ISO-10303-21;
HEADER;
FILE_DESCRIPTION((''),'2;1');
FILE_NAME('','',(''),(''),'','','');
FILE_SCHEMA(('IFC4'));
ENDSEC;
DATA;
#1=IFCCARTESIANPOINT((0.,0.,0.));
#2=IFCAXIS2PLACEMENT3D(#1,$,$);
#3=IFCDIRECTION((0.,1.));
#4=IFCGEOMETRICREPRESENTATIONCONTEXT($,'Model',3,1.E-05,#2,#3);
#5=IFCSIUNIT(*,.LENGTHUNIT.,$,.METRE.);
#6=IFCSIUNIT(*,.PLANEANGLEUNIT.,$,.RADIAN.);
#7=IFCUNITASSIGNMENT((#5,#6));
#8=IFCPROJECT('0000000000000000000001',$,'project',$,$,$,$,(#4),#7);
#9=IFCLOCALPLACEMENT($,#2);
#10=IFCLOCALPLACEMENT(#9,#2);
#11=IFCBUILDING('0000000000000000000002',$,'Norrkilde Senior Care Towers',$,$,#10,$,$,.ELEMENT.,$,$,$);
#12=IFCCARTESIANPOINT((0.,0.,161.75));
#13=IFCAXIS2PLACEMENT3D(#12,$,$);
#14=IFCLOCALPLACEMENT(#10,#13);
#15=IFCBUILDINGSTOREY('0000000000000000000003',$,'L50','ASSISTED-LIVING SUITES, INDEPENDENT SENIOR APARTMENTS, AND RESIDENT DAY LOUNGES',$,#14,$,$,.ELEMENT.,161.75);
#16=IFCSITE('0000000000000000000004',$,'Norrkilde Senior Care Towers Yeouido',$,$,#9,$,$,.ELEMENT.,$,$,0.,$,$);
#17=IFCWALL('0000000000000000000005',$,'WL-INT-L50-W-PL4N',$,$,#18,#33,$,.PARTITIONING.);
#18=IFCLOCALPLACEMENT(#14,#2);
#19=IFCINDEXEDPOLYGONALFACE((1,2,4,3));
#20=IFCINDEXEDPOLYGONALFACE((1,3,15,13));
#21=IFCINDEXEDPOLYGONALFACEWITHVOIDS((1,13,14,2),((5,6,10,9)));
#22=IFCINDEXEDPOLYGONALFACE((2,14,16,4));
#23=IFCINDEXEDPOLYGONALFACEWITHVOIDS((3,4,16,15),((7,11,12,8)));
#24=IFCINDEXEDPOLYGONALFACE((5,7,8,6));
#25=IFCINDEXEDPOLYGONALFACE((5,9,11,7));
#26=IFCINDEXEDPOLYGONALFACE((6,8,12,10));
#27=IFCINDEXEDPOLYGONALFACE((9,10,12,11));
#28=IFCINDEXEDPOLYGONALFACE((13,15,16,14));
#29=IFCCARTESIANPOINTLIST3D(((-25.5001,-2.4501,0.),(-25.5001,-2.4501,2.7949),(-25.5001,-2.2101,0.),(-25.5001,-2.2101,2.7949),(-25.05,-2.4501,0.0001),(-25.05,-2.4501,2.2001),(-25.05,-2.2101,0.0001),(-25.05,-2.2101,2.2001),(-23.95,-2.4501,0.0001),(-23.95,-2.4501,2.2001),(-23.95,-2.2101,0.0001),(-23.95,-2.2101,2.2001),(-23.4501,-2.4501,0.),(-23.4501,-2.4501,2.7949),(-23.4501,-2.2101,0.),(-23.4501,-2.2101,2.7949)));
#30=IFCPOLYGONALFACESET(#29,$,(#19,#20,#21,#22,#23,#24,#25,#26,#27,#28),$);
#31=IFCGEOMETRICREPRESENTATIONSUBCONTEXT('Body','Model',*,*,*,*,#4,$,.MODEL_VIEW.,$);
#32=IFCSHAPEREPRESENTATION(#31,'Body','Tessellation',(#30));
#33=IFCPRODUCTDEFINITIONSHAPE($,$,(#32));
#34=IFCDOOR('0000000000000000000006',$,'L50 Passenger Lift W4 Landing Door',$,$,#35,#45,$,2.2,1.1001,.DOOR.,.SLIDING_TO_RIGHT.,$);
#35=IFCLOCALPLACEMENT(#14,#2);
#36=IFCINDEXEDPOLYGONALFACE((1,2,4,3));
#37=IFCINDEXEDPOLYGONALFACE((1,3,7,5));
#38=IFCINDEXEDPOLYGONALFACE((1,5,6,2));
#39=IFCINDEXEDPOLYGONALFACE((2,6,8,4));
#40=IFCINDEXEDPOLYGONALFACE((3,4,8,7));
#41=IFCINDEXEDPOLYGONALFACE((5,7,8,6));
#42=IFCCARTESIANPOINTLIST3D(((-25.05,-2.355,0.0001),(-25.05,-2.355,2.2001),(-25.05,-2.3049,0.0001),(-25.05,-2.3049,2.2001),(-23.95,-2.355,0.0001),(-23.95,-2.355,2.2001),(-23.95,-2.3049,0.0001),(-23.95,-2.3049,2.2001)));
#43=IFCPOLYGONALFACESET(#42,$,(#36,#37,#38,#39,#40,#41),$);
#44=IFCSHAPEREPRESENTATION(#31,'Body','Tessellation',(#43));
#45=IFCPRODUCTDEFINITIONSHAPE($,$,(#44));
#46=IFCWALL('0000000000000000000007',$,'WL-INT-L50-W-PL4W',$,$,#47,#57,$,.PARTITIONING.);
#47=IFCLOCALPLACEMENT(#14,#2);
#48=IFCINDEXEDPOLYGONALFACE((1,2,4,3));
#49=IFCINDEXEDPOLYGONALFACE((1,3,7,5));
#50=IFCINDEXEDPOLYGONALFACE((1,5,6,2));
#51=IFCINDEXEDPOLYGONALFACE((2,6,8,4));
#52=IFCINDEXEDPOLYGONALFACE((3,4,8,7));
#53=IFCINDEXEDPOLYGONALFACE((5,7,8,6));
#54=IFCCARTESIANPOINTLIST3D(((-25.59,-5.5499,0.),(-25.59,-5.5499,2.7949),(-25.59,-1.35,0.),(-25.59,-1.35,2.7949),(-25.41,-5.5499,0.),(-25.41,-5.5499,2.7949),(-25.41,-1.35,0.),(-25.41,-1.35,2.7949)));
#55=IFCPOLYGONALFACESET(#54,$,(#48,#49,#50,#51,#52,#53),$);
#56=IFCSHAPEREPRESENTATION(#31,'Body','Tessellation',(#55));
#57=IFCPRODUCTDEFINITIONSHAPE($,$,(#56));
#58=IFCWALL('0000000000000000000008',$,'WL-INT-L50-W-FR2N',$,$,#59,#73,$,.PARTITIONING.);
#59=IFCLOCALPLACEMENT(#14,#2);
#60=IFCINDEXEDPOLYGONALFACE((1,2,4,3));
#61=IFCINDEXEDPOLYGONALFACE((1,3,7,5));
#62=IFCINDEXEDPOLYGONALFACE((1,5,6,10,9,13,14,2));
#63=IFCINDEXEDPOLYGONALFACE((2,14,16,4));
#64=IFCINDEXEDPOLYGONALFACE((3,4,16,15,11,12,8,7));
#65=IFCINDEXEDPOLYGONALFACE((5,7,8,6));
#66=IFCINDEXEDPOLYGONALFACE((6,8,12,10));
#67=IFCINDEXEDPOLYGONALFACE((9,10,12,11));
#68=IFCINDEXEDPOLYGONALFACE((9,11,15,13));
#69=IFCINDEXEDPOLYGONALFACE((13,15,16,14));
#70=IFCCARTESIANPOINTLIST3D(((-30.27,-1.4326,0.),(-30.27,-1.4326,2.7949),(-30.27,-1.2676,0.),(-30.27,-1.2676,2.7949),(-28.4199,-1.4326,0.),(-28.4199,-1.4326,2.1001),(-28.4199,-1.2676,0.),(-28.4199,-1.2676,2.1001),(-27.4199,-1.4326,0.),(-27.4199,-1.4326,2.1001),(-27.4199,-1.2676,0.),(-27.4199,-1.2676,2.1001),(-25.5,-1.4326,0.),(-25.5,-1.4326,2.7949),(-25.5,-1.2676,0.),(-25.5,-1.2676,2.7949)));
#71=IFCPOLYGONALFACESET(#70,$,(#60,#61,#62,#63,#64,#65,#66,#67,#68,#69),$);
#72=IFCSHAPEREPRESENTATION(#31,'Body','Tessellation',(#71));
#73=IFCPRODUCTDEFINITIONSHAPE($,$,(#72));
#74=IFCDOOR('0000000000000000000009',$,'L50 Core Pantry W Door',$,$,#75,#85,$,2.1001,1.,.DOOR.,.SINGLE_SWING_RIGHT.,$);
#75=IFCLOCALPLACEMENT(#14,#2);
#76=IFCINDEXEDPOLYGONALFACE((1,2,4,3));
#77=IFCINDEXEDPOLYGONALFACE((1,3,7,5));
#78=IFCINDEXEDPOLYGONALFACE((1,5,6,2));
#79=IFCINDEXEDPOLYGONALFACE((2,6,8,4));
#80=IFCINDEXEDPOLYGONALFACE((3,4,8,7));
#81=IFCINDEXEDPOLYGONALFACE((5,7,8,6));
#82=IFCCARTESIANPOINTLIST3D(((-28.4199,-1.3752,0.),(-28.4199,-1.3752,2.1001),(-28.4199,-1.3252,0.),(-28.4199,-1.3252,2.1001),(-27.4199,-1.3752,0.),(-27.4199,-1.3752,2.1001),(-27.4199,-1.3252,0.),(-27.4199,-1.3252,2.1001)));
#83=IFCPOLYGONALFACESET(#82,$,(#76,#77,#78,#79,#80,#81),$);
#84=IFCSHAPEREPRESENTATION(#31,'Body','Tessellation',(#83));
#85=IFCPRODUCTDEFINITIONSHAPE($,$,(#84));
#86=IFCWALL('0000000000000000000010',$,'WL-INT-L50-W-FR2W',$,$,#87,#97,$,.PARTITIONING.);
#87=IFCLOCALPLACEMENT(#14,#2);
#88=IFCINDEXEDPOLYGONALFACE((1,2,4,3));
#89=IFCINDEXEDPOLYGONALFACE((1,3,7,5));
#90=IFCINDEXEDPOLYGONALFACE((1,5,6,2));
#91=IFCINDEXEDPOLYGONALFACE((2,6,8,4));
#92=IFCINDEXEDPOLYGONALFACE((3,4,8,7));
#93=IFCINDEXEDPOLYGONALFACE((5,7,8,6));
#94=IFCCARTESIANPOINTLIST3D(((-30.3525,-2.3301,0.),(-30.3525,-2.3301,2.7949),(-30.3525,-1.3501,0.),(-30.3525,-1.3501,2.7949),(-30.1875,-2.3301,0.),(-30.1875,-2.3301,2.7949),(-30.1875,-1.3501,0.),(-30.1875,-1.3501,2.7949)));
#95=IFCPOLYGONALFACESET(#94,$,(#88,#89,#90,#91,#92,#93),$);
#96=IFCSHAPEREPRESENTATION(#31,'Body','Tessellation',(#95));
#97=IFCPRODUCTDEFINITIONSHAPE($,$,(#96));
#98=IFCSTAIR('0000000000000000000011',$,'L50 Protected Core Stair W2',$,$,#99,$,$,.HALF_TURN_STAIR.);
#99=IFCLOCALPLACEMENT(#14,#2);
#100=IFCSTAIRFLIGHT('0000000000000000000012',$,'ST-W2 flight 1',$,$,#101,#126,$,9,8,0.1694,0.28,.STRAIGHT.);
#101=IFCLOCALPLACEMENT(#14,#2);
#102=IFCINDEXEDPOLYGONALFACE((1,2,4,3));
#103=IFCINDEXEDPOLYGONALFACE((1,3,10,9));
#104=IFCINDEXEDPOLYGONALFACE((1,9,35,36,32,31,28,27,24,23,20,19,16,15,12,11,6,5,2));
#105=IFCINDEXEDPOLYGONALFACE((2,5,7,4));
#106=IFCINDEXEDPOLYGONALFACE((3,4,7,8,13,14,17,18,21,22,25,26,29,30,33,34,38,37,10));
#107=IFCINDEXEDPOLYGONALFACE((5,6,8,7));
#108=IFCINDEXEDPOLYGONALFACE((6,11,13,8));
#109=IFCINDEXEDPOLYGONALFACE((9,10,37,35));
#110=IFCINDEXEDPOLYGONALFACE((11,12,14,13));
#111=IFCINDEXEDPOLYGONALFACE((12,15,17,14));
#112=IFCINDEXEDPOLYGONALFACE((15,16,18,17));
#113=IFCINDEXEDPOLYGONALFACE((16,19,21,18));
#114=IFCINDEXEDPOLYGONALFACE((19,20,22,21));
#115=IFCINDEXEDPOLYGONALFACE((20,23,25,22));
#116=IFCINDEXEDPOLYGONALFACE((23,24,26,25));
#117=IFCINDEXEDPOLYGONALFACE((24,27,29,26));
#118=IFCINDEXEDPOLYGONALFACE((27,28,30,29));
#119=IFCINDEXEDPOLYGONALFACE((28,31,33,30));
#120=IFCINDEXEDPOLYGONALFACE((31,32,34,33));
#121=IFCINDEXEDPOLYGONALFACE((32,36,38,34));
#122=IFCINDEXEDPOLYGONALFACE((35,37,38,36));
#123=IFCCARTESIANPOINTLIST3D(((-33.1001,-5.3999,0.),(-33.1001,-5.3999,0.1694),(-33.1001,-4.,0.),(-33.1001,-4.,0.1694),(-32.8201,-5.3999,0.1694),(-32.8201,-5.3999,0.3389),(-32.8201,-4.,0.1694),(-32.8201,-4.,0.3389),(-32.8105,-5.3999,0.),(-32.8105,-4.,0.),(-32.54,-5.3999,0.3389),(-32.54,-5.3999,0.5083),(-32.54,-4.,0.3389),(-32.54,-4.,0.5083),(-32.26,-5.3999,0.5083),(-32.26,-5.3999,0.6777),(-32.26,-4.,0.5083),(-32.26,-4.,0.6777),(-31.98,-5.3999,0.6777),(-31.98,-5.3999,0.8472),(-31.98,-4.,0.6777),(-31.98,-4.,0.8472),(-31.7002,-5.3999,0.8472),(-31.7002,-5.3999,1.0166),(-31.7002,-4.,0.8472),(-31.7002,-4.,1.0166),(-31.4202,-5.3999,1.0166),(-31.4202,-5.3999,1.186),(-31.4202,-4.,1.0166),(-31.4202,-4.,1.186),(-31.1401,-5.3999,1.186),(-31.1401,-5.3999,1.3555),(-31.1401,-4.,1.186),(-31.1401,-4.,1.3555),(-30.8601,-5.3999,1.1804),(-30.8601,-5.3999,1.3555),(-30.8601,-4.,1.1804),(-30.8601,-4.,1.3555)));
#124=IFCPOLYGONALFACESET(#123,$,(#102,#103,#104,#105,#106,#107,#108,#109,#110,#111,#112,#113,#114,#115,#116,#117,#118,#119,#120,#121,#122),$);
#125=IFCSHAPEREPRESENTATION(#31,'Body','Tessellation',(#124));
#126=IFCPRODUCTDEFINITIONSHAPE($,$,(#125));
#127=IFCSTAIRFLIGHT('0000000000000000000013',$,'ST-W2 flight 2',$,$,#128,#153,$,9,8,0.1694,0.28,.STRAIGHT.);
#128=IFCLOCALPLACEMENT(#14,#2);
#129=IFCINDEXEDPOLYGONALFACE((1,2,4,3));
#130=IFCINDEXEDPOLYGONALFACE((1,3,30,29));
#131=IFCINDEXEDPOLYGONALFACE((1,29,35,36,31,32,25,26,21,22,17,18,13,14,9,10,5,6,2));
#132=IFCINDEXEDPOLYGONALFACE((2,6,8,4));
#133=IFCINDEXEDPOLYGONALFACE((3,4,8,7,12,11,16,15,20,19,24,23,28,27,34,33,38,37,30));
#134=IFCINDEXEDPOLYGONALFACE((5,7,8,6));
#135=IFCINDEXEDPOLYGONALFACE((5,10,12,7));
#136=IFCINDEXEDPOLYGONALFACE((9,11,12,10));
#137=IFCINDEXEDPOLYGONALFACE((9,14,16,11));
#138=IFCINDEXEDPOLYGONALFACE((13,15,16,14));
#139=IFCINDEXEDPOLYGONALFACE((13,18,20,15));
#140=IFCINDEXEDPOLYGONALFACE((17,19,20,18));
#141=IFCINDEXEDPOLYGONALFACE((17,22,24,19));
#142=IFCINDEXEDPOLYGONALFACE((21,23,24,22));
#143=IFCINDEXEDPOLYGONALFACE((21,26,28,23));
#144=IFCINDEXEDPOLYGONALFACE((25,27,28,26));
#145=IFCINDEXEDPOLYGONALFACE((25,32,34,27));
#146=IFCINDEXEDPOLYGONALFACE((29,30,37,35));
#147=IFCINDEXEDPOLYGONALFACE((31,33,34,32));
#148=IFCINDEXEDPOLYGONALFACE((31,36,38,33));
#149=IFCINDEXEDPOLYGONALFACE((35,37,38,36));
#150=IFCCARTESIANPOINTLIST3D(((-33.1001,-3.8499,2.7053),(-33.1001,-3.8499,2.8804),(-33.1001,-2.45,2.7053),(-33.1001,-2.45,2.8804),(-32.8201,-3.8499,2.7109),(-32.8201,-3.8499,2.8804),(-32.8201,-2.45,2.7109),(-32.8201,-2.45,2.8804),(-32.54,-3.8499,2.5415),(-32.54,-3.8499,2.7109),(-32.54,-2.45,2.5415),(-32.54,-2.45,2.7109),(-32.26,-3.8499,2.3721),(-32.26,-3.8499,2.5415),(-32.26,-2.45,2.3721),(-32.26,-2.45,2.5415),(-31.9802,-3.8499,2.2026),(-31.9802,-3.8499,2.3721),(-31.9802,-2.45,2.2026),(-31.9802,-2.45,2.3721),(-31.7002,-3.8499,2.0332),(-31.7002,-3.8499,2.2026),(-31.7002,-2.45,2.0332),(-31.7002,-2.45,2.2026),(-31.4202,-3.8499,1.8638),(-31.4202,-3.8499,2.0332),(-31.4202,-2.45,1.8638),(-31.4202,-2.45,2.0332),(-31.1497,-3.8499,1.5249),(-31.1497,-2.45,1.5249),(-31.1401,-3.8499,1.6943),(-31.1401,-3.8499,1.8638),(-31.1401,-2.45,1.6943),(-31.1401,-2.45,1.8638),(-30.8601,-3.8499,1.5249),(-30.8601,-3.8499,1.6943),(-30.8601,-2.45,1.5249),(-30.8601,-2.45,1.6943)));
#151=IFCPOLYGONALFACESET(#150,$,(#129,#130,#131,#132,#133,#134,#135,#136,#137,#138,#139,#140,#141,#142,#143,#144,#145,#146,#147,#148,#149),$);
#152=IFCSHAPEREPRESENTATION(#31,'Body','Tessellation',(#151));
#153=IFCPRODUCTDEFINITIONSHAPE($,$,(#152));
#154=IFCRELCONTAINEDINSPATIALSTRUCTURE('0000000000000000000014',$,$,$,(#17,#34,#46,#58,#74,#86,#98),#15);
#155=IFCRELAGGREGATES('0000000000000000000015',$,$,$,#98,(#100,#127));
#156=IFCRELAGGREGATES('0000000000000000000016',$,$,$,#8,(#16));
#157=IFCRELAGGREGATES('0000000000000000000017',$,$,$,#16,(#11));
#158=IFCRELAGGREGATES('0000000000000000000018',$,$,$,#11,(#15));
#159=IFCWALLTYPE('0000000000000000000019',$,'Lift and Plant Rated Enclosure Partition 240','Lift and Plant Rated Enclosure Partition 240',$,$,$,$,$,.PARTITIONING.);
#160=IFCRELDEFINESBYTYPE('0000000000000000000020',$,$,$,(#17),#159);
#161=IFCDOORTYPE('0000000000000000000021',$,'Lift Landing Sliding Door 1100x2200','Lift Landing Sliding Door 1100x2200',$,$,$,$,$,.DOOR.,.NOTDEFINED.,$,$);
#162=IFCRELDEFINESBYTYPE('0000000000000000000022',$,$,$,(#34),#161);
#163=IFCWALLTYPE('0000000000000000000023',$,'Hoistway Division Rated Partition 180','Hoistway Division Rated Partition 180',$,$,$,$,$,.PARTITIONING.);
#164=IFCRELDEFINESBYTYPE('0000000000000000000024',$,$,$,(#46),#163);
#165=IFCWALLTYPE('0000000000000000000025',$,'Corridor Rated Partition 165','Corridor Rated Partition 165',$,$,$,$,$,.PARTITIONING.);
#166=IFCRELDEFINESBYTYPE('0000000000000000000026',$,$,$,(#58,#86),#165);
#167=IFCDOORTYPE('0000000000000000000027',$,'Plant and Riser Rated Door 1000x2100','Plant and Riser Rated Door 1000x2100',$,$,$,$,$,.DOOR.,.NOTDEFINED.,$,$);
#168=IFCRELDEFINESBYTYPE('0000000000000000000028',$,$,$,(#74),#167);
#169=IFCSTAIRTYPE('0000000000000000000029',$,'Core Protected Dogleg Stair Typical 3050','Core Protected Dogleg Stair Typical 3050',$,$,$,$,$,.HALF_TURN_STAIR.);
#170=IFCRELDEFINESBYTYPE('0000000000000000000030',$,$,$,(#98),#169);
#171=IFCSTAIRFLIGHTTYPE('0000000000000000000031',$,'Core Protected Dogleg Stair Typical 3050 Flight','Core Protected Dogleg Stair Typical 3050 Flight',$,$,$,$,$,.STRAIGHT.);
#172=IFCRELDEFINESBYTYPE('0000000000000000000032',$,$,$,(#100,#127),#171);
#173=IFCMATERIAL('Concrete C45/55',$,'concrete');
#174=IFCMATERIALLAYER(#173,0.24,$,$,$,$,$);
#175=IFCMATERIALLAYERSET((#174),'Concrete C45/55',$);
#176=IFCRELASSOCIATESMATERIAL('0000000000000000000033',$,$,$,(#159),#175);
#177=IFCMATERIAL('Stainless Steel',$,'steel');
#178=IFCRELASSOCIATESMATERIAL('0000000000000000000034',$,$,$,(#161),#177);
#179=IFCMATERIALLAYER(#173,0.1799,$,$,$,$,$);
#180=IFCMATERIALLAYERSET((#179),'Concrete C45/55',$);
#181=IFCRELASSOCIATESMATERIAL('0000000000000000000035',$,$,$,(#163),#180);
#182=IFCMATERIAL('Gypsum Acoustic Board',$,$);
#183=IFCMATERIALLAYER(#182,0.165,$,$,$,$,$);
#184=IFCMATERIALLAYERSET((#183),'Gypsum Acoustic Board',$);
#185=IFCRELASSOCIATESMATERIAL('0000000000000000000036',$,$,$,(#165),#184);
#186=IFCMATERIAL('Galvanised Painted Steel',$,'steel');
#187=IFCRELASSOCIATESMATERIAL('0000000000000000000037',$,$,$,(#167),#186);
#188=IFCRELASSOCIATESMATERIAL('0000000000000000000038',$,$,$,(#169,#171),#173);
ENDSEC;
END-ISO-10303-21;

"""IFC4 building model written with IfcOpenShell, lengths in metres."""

from ifc_helpers import new_model, si_unit, direction, frame, frame_2d, origin, place, context, subcontext, project, spatial, polyline, rectangle, outline, extrude, source, transform, mapped, material, layer, layer_set, type_object, type_shapes, element, fill, aggregate, save


model = new_model("IFC4")

# Units and contexts
model_context = context("Model", 3, precision=1e-05, world=origin(), true_north=direction((0.0, 1.0)))
body_context = subcontext(model_context, "Body", "Model", "MODEL_VIEW")
ifc_project = project(units=[si_unit("LENGTHUNIT", "METRE"), si_unit("PLANEANGLEUNIT", "RADIAN")], contexts=[model_context])

# Site, building, storey
site_placement = place(None, origin())
site = spatial("IfcSite", under=ifc_project, at=site_placement, Name="Norrkilde Senior Care Towers Yeouido", CompositionType="ELEMENT", RefElevation=0.0)
building_placement = place(site_placement, origin())
building = spatial("IfcBuilding", under=site, at=building_placement, Name="Norrkilde Senior Care Towers", CompositionType="ELEMENT")
storey_placement = place(building_placement, frame((0.0, 0.0, 161.75)))
storey = spatial("IfcBuildingStorey", under=building, at=storey_placement, Name="L50", Description="ASSISTED-LIVING SUITES, INDEPENDENT SENIOR APARTMENTS, AND RESIDENT DAY LOUNGES", CompositionType="ELEMENT", Elevation=161.75)

# Shared definitions
ifc_material_1 = material(Name="Concrete C45/55", Category="concrete")

# Shared definitions
ifc_material_2 = material(Name="Galvanised Painted Steel", Category="steel")

# Shared definitions
ifc_material_3 = material(Name="Gypsum Acoustic Board")

# Wall, opening, door
ifc_layer_1 = layer(ifc_material_1, 0.24)
ifc_layer_set_1 = layer_set([ifc_layer_1], Name="Concrete C45/55")
wall_type_1 = type_object("IfcWallType", Name="Lift and Plant Rated Enclosure Partition 240", Description="Lift and Plant Rated Enclosure Partition 240", PredefinedType="PARTITIONING", material=ifc_layer_set_1)
shared_shape_1 = source(origin(), body_context, "Body", "SweptSolid", [
    extrude(rectangle(XDim=2.05, YDim=0.24, at=frame_2d((1.0249, 0.0))), origin(), (0.0, 0.0, 1.0), 2.7949),
])
type_shapes(wall_type_1, [shared_shape_1])
wall_1_placement = place(storey_placement, frame((-25.5, -2.3301, 0.0), z_axis=(0.0, 0.0, 1.0), x_axis=(1.0, 0.0, 0.0)))
wall_1 = element("IfcWall", 1, at=wall_1_placement, inside=storey, type_object=wall_type_1, Name="WL-INT-L50-W-PL4N", PredefinedType="PARTITIONING", context=body_context, shape_type="MappedRepresentation", body=[
    mapped(shared_shape_1, transform((0.0, 0.0, 0.0), x_axis=(1.0, 0.0, 0.0), y_axis=(0.0, 1.0, 0.0), z_axis=(0.0, 0.0, 1.0), scale=1.0)),
])
opening_1_placement = place(wall_1_placement, frame((0.45, 0.0, 0.0)))
opening_1 = element("IfcOpeningElement", 2, at=opening_1_placement, cuts=wall_1, PredefinedType="OPENING", context=body_context, shape_type="SweptSolid", body=[
    extrude(rectangle(XDim=1.1001, YDim=2.2, at=frame_2d((0.55, 1.1001))), frame((0.0, 0.1299, 0.0), z_axis=(0.0, -1.0, 0.0), x_axis=(1.0, 0.0, 0.0)), (0.0, 0.0, 1.0), 0.26),
])
ifc_material_4 = material(Name="Stainless Steel", Category="steel")
door_type_1 = type_object("IfcDoorType", Name="Lift Landing Sliding Door 1100x2200", Description="Lift Landing Sliding Door 1100x2200", OperationType="NOTDEFINED", PredefinedType="DOOR", material=ifc_material_4)
shared_shape_2 = source(origin(), body_context, "Body", "SweptSolid", [
    extrude(rectangle(XDim=1.1001, YDim=2.2, at=frame_2d((0.55, 1.1001))), frame((0.0, 0.0249, 0.0), z_axis=(0.0, -1.0, 0.0), x_axis=(1.0, 0.0, 0.0)), (0.0, 0.0, 1.0), 0.05),
])
type_shapes(door_type_1, [shared_shape_2])
door_1_placement = place(opening_1_placement, frame((1.1001, 0.0, 0.0), z_axis=(0.0, 0.0, 1.0), x_axis=(-1.0, 0.0, 0.0)))
door_1 = element("IfcDoor", 3, at=door_1_placement, inside=storey, type_object=door_type_1, Name="L50 Passenger Lift W4 Landing Door", OperationType="SLIDING_TO_RIGHT", OverallHeight=2.2, OverallWidth=1.1001, PredefinedType="DOOR", context=body_context, shape_type="MappedRepresentation", body=[
    mapped(shared_shape_2, transform((0.0, 0.0, 0.0), x_axis=(1.0, 0.0, 0.0), y_axis=(0.0, 1.0, 0.0), z_axis=(0.0, 0.0, 1.0), scale=1.0)),
])
fill(opening_1, door_1)

# Wall
ifc_layer_2 = layer(ifc_material_1, 0.1799)
ifc_layer_set_2 = layer_set([ifc_layer_2], Name="Concrete C45/55")
wall_type_2 = type_object("IfcWallType", Name="Hoistway Division Rated Partition 180", Description="Hoistway Division Rated Partition 180", PredefinedType="PARTITIONING", material=ifc_layer_set_2)
shared_shape_3 = source(origin(), body_context, "Body", "SweptSolid", [
    extrude(rectangle(XDim=4.2, YDim=0.1799, at=frame_2d((2.1001, 0.0))), origin(), (0.0, 0.0, 1.0), 2.7949),
])
type_shapes(wall_type_2, [shared_shape_3])
wall_2_placement = place(storey_placement, frame((-25.5, -5.55, 0.0), z_axis=(0.0, 0.0, 1.0), x_axis=(0.0, 1.0, 0.0)))
element("IfcWall", 4, at=wall_2_placement, inside=storey, type_object=wall_type_2, Name="WL-INT-L50-W-PL4W", PredefinedType="PARTITIONING", context=body_context, shape_type="MappedRepresentation", body=[
    mapped(shared_shape_3, transform((0.0, 0.0, 0.0), x_axis=(1.0, 0.0, 0.0), y_axis=(0.0, 1.0, 0.0), z_axis=(0.0, 0.0, 1.0), scale=1.0)),
])

# Wall, opening, door
ifc_layer_3 = layer(ifc_material_3, 0.165)
ifc_layer_set_3 = layer_set([ifc_layer_3], Name="Gypsum Acoustic Board")
wall_type_3 = type_object("IfcWallType", Name="Corridor Rated Partition 165", Description="Corridor Rated Partition 165", PredefinedType="PARTITIONING", material=ifc_layer_set_3)
shared_shape_4 = source(origin(), body_context, "Body", "SweptSolid", [
    extrude(rectangle(XDim=4.77, YDim=0.165, at=frame_2d((2.385, 0.0))), origin(), (0.0, 0.0, 1.0), 2.7949),
])
wall_3_placement = place(storey_placement, frame((-30.27, -1.3501, 0.0), z_axis=(0.0, 0.0, 1.0), x_axis=(1.0, 0.0, 0.0)))
wall_3 = element("IfcWall", 5, at=wall_3_placement, inside=storey, type_object=wall_type_3, Name="WL-INT-L50-W-FR2N", PredefinedType="PARTITIONING", context=body_context, shape_type="MappedRepresentation", body=[
    mapped(shared_shape_4, transform((0.0, 0.0, 0.0), x_axis=(1.0, 0.0, 0.0), y_axis=(0.0, 1.0, 0.0), z_axis=(0.0, 0.0, 1.0), scale=1.0)),
])
opening_2_placement = place(wall_3_placement, frame((1.8501, 0.0, 0.0)))
opening_2 = element("IfcOpeningElement", 6, at=opening_2_placement, cuts=wall_3, PredefinedType="OPENING", context=body_context, shape_type="SweptSolid", body=[
    extrude(rectangle(XDim=1.0, YDim=2.1001, at=frame_2d((0.5, 1.05))), frame((0.0, 0.0925, 0.0), z_axis=(0.0, -1.0, 0.0), x_axis=(1.0, 0.0, 0.0)), (0.0, 0.0, 1.0), 0.1851),
])
door_type_2 = type_object("IfcDoorType", Name="Plant and Riser Rated Door 1000x2100", Description="Plant and Riser Rated Door 1000x2100", OperationType="NOTDEFINED", PredefinedType="DOOR", material=ifc_material_2)
shared_shape_5 = source(origin(), body_context, "Body", "SweptSolid", [
    extrude(rectangle(XDim=1.0, YDim=2.1001, at=frame_2d((0.5, 1.05))), frame((0.0, 0.0249, 0.0), z_axis=(0.0, -1.0, 0.0), x_axis=(1.0, 0.0, 0.0)), (0.0, 0.0, 1.0), 0.05),
])
type_shapes(door_type_2, [shared_shape_5])
door_2_placement = place(opening_2_placement, origin())
door_2 = element("IfcDoor", 7, at=door_2_placement, inside=storey, type_object=door_type_2, Name="L50 Core Pantry W Door", OperationType="SINGLE_SWING_RIGHT", OverallHeight=2.1001, OverallWidth=1.0, PredefinedType="DOOR", context=body_context, shape_type="MappedRepresentation", body=[
    mapped(shared_shape_5, transform((0.0, 0.0, 0.0), x_axis=(1.0, 0.0, 0.0), y_axis=(0.0, 1.0, 0.0), z_axis=(0.0, 0.0, 1.0), scale=1.0)),
])
fill(opening_2, door_2)

# Wall
shared_shape_6 = source(origin(), body_context, "Body", "SweptSolid", [
    extrude(rectangle(XDim=0.98, YDim=0.165, at=frame_2d((0.49, 0.0))), origin(), (0.0, 0.0, 1.0), 2.7949),
])
type_shapes(wall_type_3, [shared_shape_4, shared_shape_6])
wall_4_placement = place(storey_placement, frame((-30.27, -2.3301, 0.0), z_axis=(0.0, 0.0, 1.0), x_axis=(0.0, 1.0, 0.0)))
element("IfcWall", 8, at=wall_4_placement, inside=storey, type_object=wall_type_3, Name="WL-INT-L50-W-FR2W", PredefinedType="PARTITIONING", context=body_context, shape_type="MappedRepresentation", body=[
    mapped(shared_shape_6, transform((0.0, 0.0, 0.0), x_axis=(1.0, 0.0, 0.0), y_axis=(0.0, 1.0, 0.0), z_axis=(0.0, 0.0, 1.0), scale=1.0)),
])

# Stair, stair flights
stair_type = type_object("IfcStairType", Name="Core Protected Dogleg Stair Typical 3050", Description="Core Protected Dogleg Stair Typical 3050", PredefinedType="HALF_TURN_STAIR", material=ifc_material_1)
stair_placement = place(storey_placement, origin())
stair = element("IfcStair", 9, at=stair_placement, inside=storey, type_object=stair_type, Name="L50 Protected Core Stair W2", PredefinedType="HALF_TURN_STAIR")
stair_flight_type = type_object("IfcStairFlightType", Name="Core Protected Dogleg Stair Typical 3050 Flight", Description="Core Protected Dogleg Stair Typical 3050 Flight", PredefinedType="STRAIGHT", material=ifc_material_1)
stair_flight_1_placement = place(storey_placement, frame((-33.1001, -4.7, 0.0), z_axis=(0.0, 0.0, 1.0), x_axis=(1.0, 0.0, 0.0)))
stair_flight_1 = element("IfcStairFlight", 10, at=stair_flight_1_placement, type_object=stair_flight_type, Name="ST-W2 flight 1", NumberOfRisers=9, NumberOfTreads=8, PredefinedType="STRAIGHT", RiserHeight=0.1694, TreadLength=0.28, context=body_context, shape_type="SweptSolid", body=[
    extrude(outline(polyline([(0.0, 0.0), (0.0, 0.1694), (0.28, 0.1694), (0.28, 0.3389), (0.5601, 0.3389), (0.5601, 0.5083), (0.8401, 0.5083), (0.8401, 0.6777), (1.1201, 0.6777), (1.1201, 0.8472), (1.3999, 0.8472), (1.3999, 1.0166), (1.6799, 1.0166), (1.6799, 1.186), (1.96, 1.186), (1.96, 1.3555), (2.24, 1.3555), (2.24, 1.5249), (2.24, 1.1804), (0.2896, 0.0), (0.0, 0.0)])), frame((0.0, 0.7, 0.0), z_axis=(0.0, -1.0, 0.0), x_axis=(1.0, 0.0, 0.0)), (0.0, 0.0, 1.0), 1.3999),
])
stair_flight_2_placement = place(storey_placement, frame((-30.8601, -3.1499, 1.5249), z_axis=(0.0, 0.0, 1.0), x_axis=(-1.0, 0.0, 0.0)))
stair_flight_2 = element("IfcStairFlight", 11, at=stair_flight_2_placement, type_object=stair_flight_type, Name="ST-W2 flight 2", NumberOfRisers=9, NumberOfTreads=8, PredefinedType="STRAIGHT", RiserHeight=0.1694, TreadLength=0.28, context=body_context, shape_type="SweptSolid", body=[
    extrude(outline(polyline([(0.0, 0.0), (0.0, 0.1694), (0.28, 0.1694), (0.28, 0.3389), (0.5601, 0.3389), (0.5601, 0.5083), (0.8401, 0.5083), (0.8401, 0.6777), (1.1201, 0.6777), (1.1201, 0.8472), (1.3999, 0.8472), (1.3999, 1.0166), (1.6799, 1.0166), (1.6799, 1.186), (1.96, 1.186), (1.96, 1.3555), (2.24, 1.3555), (2.24, 1.5249), (2.24, 1.1804), (0.2896, 0.0), (0.0, 0.0)])), frame((0.0, 0.7, 0.0), z_axis=(0.0, -1.0, 0.0), x_axis=(1.0, 0.0, 0.0)), (0.0, 0.0, 1.0), 1.3999),
])
aggregate(stair, [stair_flight_1, stair_flight_2])

save(model, "model.ifc")
